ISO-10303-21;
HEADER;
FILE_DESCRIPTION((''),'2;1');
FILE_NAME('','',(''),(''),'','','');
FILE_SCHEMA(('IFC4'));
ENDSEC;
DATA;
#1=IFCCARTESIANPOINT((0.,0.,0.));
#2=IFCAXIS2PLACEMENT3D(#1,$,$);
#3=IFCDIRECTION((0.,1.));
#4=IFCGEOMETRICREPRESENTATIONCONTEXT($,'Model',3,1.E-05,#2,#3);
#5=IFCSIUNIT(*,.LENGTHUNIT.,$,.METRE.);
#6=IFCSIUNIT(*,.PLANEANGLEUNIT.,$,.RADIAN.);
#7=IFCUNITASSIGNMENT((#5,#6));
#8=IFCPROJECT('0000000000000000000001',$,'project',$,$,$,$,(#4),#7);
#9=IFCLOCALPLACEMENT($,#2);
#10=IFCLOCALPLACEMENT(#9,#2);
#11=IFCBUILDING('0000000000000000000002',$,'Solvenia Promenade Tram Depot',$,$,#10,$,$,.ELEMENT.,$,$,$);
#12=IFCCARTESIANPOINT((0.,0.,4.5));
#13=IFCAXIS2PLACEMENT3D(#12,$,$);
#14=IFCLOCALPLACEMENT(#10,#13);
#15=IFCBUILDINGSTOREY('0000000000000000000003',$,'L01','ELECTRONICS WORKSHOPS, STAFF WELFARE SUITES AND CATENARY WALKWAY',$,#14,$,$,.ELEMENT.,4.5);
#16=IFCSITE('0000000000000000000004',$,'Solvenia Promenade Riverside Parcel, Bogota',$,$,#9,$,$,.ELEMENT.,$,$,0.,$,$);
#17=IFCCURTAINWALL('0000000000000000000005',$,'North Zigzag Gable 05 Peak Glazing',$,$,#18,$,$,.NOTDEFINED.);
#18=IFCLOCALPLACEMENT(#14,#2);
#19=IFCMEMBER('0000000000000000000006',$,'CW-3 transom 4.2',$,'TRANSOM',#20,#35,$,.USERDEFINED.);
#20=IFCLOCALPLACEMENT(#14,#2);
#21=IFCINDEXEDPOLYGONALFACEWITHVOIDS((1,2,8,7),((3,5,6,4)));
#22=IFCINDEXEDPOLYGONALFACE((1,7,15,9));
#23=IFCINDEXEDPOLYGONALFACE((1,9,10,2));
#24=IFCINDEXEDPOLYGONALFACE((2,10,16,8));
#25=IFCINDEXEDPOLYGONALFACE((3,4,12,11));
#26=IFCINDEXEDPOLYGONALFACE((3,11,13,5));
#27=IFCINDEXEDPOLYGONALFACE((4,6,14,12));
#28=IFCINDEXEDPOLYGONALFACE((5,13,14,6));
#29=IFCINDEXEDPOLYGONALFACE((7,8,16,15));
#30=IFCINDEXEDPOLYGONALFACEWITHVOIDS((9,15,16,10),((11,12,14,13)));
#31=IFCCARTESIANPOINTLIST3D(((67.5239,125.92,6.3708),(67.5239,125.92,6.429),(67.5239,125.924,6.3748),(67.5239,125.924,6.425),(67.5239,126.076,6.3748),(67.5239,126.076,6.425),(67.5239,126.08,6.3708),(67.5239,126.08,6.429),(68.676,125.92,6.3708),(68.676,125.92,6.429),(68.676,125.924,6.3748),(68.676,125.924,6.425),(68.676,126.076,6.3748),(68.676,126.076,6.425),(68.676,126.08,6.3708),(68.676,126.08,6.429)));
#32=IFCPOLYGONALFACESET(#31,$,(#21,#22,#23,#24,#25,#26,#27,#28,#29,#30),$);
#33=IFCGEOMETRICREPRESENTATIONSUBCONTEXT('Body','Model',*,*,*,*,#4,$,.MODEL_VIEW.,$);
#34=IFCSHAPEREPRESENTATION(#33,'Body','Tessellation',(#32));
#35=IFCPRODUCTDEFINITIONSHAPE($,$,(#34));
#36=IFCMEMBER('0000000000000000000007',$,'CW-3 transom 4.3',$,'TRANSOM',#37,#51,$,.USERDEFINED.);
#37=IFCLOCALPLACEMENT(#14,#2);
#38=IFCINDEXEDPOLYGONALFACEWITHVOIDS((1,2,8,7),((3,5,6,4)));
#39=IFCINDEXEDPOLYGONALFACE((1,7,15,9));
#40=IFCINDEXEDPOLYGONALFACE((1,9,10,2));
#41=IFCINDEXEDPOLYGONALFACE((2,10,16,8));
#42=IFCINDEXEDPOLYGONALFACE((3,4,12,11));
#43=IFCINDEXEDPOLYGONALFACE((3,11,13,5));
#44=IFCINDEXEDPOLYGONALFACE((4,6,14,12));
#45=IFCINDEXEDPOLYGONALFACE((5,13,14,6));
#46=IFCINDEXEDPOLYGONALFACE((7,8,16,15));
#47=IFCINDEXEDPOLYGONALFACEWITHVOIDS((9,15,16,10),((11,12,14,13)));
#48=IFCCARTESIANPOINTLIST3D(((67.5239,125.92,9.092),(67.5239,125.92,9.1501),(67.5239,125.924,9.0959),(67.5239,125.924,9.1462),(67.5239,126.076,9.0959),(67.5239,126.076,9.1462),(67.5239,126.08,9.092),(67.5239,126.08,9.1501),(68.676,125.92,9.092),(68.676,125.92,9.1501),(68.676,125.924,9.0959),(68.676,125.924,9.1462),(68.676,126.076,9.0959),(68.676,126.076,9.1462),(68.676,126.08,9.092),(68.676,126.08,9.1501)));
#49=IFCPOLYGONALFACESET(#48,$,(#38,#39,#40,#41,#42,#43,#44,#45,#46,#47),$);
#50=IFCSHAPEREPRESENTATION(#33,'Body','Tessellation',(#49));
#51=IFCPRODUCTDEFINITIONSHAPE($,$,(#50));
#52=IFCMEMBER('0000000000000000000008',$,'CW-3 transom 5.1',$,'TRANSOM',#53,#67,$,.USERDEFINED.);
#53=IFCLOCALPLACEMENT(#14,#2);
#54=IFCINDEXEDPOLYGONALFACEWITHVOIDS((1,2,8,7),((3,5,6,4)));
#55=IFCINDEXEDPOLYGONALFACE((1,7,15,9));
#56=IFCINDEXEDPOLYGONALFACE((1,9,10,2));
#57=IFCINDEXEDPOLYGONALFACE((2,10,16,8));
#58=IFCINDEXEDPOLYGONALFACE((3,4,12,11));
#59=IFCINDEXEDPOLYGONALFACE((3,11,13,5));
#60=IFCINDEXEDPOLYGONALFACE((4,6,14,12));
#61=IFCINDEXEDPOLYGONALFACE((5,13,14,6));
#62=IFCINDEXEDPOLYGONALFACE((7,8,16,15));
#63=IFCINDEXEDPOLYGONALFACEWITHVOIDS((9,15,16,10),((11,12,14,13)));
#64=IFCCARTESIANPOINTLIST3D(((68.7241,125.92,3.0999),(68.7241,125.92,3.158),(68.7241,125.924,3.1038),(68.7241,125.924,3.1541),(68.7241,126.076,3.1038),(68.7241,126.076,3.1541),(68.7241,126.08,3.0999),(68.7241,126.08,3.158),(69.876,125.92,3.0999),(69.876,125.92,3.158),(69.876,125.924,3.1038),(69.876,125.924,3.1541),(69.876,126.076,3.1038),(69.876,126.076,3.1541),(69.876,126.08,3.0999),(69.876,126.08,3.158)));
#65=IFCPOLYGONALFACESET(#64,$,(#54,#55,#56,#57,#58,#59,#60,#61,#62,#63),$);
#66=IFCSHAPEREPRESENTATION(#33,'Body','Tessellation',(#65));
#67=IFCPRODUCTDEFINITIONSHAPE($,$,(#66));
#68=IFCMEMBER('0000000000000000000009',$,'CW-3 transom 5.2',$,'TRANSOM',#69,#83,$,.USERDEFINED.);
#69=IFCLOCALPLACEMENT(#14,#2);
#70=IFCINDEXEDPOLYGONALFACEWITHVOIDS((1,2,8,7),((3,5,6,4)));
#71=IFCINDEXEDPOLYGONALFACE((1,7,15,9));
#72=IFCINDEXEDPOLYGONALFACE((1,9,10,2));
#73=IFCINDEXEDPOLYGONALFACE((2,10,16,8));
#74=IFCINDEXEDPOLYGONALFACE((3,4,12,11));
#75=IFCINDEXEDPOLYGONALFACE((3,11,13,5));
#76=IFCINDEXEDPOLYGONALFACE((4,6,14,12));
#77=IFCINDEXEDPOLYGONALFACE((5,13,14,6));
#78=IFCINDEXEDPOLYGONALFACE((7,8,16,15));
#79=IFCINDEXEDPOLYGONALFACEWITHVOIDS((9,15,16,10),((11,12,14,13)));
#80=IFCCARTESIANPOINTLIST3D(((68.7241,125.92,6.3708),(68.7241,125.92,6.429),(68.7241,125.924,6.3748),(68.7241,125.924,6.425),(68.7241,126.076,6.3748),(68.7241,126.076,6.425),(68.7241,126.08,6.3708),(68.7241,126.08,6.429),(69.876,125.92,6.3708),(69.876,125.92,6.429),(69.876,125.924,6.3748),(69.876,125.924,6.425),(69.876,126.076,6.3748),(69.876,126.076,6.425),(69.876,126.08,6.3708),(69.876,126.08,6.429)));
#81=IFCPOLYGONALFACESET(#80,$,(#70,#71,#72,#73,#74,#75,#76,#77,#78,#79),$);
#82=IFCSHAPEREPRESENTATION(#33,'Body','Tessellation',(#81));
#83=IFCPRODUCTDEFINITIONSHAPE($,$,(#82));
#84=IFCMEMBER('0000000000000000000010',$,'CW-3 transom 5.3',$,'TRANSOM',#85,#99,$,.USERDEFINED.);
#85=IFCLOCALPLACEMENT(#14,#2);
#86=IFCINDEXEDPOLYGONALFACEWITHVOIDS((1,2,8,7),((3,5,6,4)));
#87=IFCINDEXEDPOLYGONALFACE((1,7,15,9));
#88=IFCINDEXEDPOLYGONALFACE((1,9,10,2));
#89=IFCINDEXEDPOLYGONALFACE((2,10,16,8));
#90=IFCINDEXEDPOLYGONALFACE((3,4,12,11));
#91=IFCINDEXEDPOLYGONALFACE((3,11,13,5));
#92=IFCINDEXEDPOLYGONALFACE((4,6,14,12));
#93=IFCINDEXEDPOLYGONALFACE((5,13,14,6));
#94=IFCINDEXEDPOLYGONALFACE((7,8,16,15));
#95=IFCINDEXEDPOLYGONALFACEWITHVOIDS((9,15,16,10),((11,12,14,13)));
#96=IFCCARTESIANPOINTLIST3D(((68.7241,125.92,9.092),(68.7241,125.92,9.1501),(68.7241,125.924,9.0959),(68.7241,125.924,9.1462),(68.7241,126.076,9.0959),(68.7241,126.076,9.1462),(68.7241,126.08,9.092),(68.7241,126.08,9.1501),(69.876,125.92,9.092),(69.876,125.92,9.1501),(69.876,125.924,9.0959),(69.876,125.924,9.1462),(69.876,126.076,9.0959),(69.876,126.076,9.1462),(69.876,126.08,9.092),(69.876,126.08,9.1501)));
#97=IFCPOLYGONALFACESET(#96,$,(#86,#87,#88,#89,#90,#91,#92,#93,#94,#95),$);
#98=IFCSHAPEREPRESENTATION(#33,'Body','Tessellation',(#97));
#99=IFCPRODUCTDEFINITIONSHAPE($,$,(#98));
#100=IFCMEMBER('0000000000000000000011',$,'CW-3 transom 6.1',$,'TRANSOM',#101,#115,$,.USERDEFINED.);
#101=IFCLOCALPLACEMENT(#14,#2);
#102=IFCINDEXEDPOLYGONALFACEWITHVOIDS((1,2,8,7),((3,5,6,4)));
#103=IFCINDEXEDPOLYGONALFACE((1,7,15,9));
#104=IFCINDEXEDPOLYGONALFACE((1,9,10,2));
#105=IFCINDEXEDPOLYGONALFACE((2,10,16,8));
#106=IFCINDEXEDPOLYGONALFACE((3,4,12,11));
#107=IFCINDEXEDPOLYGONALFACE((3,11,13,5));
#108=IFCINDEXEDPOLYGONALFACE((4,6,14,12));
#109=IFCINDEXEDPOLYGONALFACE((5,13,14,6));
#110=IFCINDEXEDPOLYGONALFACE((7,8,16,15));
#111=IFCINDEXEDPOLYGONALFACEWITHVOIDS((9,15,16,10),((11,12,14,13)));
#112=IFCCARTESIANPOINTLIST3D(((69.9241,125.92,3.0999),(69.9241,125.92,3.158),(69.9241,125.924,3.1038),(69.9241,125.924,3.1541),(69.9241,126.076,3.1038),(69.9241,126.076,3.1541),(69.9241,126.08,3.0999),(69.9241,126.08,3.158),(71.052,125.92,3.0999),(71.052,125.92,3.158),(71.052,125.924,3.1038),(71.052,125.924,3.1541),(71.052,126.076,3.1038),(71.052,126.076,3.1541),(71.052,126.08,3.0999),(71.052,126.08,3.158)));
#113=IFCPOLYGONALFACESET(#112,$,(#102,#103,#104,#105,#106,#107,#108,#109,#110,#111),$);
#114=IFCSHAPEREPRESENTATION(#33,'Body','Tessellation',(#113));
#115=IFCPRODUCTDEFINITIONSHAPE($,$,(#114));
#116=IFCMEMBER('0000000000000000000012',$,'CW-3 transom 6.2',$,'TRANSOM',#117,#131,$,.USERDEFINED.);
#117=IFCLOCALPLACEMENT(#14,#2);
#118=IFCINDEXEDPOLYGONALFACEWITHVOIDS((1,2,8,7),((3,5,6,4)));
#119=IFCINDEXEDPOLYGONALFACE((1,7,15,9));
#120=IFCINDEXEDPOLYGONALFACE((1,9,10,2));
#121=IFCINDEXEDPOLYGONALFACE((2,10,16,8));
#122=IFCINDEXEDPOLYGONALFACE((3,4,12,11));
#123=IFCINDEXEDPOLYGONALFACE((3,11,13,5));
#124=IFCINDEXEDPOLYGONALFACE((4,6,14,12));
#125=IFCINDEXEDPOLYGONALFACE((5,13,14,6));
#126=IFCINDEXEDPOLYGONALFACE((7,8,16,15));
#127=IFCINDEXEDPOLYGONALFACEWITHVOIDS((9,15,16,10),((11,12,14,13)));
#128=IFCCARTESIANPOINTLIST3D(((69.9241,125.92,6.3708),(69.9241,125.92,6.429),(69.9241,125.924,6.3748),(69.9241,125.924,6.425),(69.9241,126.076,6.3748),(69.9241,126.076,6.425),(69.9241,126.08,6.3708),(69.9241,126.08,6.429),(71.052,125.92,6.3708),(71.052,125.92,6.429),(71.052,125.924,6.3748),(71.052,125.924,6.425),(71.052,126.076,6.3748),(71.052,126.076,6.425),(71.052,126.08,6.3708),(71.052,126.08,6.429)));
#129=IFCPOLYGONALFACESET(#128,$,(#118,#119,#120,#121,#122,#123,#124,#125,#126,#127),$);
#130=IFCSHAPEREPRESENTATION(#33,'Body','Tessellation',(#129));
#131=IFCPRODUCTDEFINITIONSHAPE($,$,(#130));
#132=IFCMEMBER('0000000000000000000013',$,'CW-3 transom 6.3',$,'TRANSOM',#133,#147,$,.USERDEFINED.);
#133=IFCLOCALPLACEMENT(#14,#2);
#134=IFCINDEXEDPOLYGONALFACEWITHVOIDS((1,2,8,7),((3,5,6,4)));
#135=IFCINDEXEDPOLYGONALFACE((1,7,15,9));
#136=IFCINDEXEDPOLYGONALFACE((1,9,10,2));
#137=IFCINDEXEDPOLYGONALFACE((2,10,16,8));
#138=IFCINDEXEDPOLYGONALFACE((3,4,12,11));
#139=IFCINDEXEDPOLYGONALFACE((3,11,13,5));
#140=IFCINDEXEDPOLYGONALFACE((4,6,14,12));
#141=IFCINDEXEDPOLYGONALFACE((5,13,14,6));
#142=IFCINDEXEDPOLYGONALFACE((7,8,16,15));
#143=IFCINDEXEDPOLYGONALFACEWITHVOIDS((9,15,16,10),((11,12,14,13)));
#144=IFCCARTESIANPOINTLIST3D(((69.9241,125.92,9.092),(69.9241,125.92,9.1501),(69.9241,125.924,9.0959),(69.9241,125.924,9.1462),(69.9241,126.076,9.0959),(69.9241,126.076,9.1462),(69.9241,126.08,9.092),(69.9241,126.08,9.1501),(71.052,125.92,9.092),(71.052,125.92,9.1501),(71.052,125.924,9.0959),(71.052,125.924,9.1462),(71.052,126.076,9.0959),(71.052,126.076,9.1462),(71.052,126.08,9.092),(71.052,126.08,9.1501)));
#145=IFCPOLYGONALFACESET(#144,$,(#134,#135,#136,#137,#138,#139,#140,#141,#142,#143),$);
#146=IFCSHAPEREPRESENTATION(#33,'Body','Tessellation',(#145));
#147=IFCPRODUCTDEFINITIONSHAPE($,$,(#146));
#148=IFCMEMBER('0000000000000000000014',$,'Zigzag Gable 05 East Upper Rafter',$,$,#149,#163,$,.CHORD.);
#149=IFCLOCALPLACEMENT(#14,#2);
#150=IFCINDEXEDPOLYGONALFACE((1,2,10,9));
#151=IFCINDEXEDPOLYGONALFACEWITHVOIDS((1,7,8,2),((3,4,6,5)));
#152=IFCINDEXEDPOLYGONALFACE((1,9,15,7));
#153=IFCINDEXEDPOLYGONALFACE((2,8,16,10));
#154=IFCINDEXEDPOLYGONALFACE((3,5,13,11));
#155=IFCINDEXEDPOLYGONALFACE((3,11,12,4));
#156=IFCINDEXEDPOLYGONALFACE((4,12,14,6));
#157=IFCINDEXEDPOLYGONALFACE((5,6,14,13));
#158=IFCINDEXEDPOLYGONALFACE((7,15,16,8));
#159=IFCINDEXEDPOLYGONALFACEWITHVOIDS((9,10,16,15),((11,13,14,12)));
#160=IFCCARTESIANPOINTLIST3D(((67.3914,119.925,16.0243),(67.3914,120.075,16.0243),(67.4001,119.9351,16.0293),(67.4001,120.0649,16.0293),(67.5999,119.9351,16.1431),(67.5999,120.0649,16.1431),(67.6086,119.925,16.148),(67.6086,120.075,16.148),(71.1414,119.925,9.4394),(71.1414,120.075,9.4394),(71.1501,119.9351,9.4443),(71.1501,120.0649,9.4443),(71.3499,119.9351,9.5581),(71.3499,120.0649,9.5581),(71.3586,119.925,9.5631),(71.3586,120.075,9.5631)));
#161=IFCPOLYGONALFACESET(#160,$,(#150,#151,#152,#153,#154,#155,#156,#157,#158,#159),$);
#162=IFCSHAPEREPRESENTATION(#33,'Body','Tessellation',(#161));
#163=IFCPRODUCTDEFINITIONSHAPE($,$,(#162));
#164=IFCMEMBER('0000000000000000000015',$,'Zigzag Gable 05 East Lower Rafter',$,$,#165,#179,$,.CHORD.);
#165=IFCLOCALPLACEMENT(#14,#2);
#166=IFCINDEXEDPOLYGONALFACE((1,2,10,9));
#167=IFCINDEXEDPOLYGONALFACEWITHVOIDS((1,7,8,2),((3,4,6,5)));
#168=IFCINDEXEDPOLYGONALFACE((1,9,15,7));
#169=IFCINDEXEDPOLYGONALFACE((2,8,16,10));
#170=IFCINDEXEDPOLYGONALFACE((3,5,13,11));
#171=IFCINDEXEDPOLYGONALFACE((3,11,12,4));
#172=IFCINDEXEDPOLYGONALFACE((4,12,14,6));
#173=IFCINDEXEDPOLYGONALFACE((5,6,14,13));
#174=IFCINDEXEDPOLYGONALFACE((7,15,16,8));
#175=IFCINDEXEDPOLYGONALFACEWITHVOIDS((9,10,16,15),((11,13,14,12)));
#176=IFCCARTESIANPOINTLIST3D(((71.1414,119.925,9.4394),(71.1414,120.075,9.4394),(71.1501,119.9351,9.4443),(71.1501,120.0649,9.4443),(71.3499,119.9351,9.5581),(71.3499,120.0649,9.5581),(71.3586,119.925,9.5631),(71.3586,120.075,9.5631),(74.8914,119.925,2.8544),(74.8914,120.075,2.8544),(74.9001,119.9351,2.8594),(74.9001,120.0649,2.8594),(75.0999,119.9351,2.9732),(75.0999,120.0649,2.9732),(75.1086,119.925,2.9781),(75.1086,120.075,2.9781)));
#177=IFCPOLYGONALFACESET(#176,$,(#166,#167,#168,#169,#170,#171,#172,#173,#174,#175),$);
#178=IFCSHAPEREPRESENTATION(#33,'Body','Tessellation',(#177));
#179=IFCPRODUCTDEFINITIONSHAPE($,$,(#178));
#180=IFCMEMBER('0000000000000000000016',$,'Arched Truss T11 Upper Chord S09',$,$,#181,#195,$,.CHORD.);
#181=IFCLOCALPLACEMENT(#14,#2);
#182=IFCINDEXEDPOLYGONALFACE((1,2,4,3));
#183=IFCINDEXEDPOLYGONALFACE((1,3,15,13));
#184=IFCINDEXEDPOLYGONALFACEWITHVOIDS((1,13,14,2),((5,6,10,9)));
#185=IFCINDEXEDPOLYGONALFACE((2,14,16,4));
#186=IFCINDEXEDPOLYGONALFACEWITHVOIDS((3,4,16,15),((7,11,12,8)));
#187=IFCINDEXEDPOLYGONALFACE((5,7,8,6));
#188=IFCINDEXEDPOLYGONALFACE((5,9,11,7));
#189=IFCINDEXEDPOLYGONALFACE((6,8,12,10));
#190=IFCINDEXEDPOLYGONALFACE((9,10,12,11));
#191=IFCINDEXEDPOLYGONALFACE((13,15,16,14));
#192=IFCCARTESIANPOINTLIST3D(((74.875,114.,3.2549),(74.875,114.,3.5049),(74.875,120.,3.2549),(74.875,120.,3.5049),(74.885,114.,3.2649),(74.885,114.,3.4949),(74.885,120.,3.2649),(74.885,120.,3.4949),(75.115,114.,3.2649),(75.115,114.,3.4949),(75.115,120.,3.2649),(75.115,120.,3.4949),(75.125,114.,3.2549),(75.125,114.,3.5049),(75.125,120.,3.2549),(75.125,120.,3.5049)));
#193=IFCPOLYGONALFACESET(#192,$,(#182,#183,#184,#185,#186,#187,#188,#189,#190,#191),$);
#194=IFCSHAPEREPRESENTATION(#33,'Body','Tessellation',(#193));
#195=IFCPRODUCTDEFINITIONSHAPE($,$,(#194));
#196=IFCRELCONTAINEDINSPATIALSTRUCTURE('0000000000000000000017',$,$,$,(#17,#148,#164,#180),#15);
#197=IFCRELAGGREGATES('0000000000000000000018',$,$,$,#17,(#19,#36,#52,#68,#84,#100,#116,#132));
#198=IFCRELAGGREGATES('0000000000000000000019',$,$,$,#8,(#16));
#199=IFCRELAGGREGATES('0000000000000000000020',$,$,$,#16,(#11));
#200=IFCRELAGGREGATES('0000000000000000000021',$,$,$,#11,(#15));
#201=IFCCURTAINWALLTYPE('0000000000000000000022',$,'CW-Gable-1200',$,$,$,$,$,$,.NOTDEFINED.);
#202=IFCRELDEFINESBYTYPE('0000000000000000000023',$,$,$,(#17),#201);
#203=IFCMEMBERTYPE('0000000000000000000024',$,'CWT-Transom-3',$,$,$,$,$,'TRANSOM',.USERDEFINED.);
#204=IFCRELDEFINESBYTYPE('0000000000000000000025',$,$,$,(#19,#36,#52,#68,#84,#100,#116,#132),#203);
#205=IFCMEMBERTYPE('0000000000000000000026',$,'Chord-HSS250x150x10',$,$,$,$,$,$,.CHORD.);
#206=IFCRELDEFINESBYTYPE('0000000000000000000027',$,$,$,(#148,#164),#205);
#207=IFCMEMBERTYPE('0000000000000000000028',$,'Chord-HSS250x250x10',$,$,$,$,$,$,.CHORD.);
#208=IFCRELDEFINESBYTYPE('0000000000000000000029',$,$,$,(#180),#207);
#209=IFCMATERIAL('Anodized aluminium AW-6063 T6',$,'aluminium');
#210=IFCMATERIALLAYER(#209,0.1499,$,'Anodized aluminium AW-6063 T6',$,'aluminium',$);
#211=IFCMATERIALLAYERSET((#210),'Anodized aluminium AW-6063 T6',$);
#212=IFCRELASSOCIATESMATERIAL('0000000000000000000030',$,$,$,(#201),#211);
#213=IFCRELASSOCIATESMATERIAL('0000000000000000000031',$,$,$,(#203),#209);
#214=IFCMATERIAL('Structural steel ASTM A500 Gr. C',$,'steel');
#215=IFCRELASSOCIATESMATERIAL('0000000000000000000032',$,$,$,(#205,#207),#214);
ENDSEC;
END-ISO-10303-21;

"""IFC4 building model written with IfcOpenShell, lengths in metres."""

from ifc_helpers import new_model, si_unit, direction, frame, origin, origin_2d, place, context, subcontext, project, spatial, hollow_rectangle, extrude, material, layer, layer_set, material_profile, profile_set, type_object, element, aggregate, save


model = new_model("IFC4")

# Units and contexts
model_context = context("Model", 3, precision=1e-05, world=origin(), true_north=direction((0.0, 1.0)))
body_context = subcontext(model_context, "Body", "Model", "MODEL_VIEW")
ifc_project = project(units=[si_unit("LENGTHUNIT", "METRE"), si_unit("PLANEANGLEUNIT", "RADIAN")], contexts=[model_context])

# Site, building, storey
site_placement = place(None, origin())
site = spatial("IfcSite", under=ifc_project, at=site_placement, Name="Solvenia Promenade Riverside Parcel, Bogota", CompositionType="ELEMENT", RefElevation=0.0)
building_placement = place(site_placement, origin())
building = spatial("IfcBuilding", under=site, at=building_placement, Name="Solvenia Promenade Tram Depot", CompositionType="ELEMENT")
storey_placement = place(building_placement, frame((0.0, 0.0, 4.5)))
storey = spatial("IfcBuildingStorey", under=building, at=storey_placement, Name="L01", Description="ELECTRONICS WORKSHOPS, STAFF WELFARE SUITES AND CATENARY WALKWAY", CompositionType="ELEMENT", Elevation=4.5)

# Curtain wall, members
ifc_material_1 = material(Name="Anodized aluminium AW-6063 T6", Category="aluminium")
ifc_layer_1 = layer(ifc_material_1, 0.1499, Name="Anodized aluminium AW-6063 T6", Category="aluminium")
ifc_layer_set_1 = layer_set([ifc_layer_1], Name="Anodized aluminium AW-6063 T6")
curtain_wall_type = type_object("IfcCurtainWallType", Name="CW-Gable-1200", PredefinedType="NOTDEFINED", material=ifc_layer_set_1)
curtain_wall_placement = place(storey_placement, origin())
curtain_wall = element("IfcCurtainWall", 1, at=curtain_wall_placement, inside=storey, type_object=curtain_wall_type, Name="North Zigzag Gable 05 Peak Glazing", PredefinedType="NOTDEFINED")
ifc_material_profile_1 = material_profile(ifc_material_1, hollow_rectangle(XDim=0.1599, YDim=0.0581, WallThickness=0.0039, at=origin_2d()), Name="ALU-T3", Category="aluminium")
ifc_profile_set_1 = profile_set([ifc_material_profile_1], Name="Anodized aluminium AW-6063 T6")
member_type_1 = type_object("IfcMemberType", Name="CWT-Transom-3", ElementType="TRANSOM", PredefinedType="USERDEFINED", material=ifc_profile_set_1)
member_1_placement = place(storey_placement, frame((67.5239, 126.0, 6.3999), z_axis=(1.0, 0.0, 0.0), x_axis=(0.0, 1.0, 0.0)))
member_1 = element("IfcMember", 2, at=member_1_placement, type_object=member_type_1, Name="CW-3 transom 4.2", ObjectType="TRANSOM", PredefinedType="USERDEFINED", context=body_context, shape_type="SweptSolid", body=[
    extrude(hollow_rectangle(XDim=0.1599, YDim=0.0581, WallThickness=0.0039, at=origin_2d()), origin(), (0.0, 0.0, 1.0), 1.1521),
])
member_2_placement = place(storey_placement, frame((67.5239, 126.0, 9.1211), z_axis=(1.0, 0.0, 0.0), x_axis=(0.0, 1.0, 0.0)))
member_2 = element("IfcMember", 3, at=member_2_placement, type_object=member_type_1, Name="CW-3 transom 4.3", ObjectType="TRANSOM", PredefinedType="USERDEFINED", context=body_context, shape_type="SweptSolid", body=[
    extrude(hollow_rectangle(XDim=0.1599, YDim=0.0581, WallThickness=0.0039, at=origin_2d()), origin(), (0.0, 0.0, 1.0), 1.1521),
])
member_3_placement = place(storey_placement, frame((68.7241, 126.0, 3.1289), z_axis=(1.0, 0.0, 0.0), x_axis=(0.0, 1.0, 0.0)))
member_3 = element("IfcMember", 4, at=member_3_placement, type_object=member_type_1, Name="CW-3 transom 5.1", ObjectType="TRANSOM", PredefinedType="USERDEFINED", context=body_context, shape_type="SweptSolid", body=[
    extrude(hollow_rectangle(XDim=0.1599, YDim=0.0581, WallThickness=0.0039, at=origin_2d()), origin(), (0.0, 0.0, 1.0), 1.1519),
])
member_4_placement = place(storey_placement, frame((68.7241, 126.0, 6.3999), z_axis=(1.0, 0.0, 0.0), x_axis=(0.0, 1.0, 0.0)))
member_4 = element("IfcMember", 5, at=member_4_placement, type_object=member_type_1, Name="CW-3 transom 5.2", ObjectType="TRANSOM", PredefinedType="USERDEFINED", context=body_context, shape_type="SweptSolid", body=[
    extrude(hollow_rectangle(XDim=0.1599, YDim=0.0581, WallThickness=0.0039, at=origin_2d()), origin(), (0.0, 0.0, 1.0), 1.1519),
])
member_5_placement = place(storey_placement, frame((68.7241, 126.0, 9.1211), z_axis=(1.0, 0.0, 0.0), x_axis=(0.0, 1.0, 0.0)))
member_5 = element("IfcMember", 6, at=member_5_placement, type_object=member_type_1, Name="CW-3 transom 5.3", ObjectType="TRANSOM", PredefinedType="USERDEFINED", context=body_context, shape_type="SweptSolid", body=[
    extrude(hollow_rectangle(XDim=0.1599, YDim=0.0581, WallThickness=0.0039, at=origin_2d()), origin(), (0.0, 0.0, 1.0), 1.1519),
])
member_6_placement = place(storey_placement, frame((69.9241, 126.0, 3.1289), z_axis=(1.0, 0.0, 0.0), x_axis=(0.0, 1.0, 0.0)))
member_6 = element("IfcMember", 7, at=member_6_placement, type_object=member_type_1, Name="CW-3 transom 6.1", ObjectType="TRANSOM", PredefinedType="USERDEFINED", context=body_context, shape_type="SweptSolid", body=[
    extrude(hollow_rectangle(XDim=0.1599, YDim=0.0581, WallThickness=0.0039, at=origin_2d()), origin(), (0.0, 0.0, 1.0), 1.1279),
])
member_7_placement = place(storey_placement, frame((69.9241, 126.0, 6.3999), z_axis=(1.0, 0.0, 0.0), x_axis=(0.0, 1.0, 0.0)))
member_7 = element("IfcMember", 8, at=member_7_placement, type_object=member_type_1, Name="CW-3 transom 6.2", ObjectType="TRANSOM", PredefinedType="USERDEFINED", context=body_context, shape_type="SweptSolid", body=[
    extrude(hollow_rectangle(XDim=0.1599, YDim=0.0581, WallThickness=0.0039, at=origin_2d()), origin(), (0.0, 0.0, 1.0), 1.1279),
])
member_8_placement = place(storey_placement, frame((69.9241, 126.0, 9.1211), z_axis=(1.0, 0.0, 0.0), x_axis=(0.0, 1.0, 0.0)))
member_8 = element("IfcMember", 9, at=member_8_placement, type_object=member_type_1, Name="CW-3 transom 6.3", ObjectType="TRANSOM", PredefinedType="USERDEFINED", context=body_context, shape_type="SweptSolid", body=[
    extrude(hollow_rectangle(XDim=0.1599, YDim=0.0581, WallThickness=0.0039, at=origin_2d()), origin(), (0.0, 0.0, 1.0), 1.1279),
])

# Members
ifc_material_2 = material(Name="Structural steel ASTM A500 Gr. C", Category="steel")
ifc_material_profile_2 = material_profile(ifc_material_2, hollow_rectangle(XDim=0.1499, YDim=0.25, WallThickness=0.01, at=origin_2d()), Name="HSS250x150x10", Category="steel")
ifc_profile_set_2 = profile_set([ifc_material_profile_2], Name="Structural steel ASTM A500 Gr. C")
member_type_2 = type_object("IfcMemberType", Name="Chord-HSS250x150x10", PredefinedType="CHORD", material=ifc_profile_set_2)
for number, where, z_axis, x_axis, name in (
    (10, (67.5, 120.0, 16.0862), (0.494862, 0.0, -0.868972), (0.0, 1.0, 0.0), "Zigzag Gable 05 East Upper Rafter"),
    (11, (71.25, 120.0, 9.5012), (0.494862, 0.0, -0.868972), (0.0, 1.0, 0.0), "Zigzag Gable 05 East Lower Rafter"),
):
    element("IfcMember", number, at=place(storey_placement, frame(where, z_axis=z_axis, x_axis=x_axis)), inside=storey, type_object=member_type_2, Name=name, PredefinedType="CHORD", context=body_context, shape_type="SweptSolid", body=[
        extrude(hollow_rectangle(XDim=0.1499, YDim=0.25, WallThickness=0.01, at=origin_2d()), origin(), (0.0, 0.0, 1.0), 7.5779),
    ])
ifc_material_profile_3 = material_profile(ifc_material_2, hollow_rectangle(XDim=0.25, YDim=0.25, WallThickness=0.01, at=origin_2d()), Name="HSS250x250x10", Category="steel")
ifc_profile_set_3 = profile_set([ifc_material_profile_3], Name="Structural steel ASTM A500 Gr. C")
member_type_3 = type_object("IfcMemberType", Name="Chord-HSS250x250x10", PredefinedType="CHORD", material=ifc_profile_set_3)
member_9_placement = place(storey_placement, frame((75.0, 114.0, 3.3799), z_axis=(0.0, 1.0, 0.0), x_axis=(-1.0, 0.0, 0.0)))
element("IfcMember", 12, at=member_9_placement, inside=storey, type_object=member_type_3, Name="Arched Truss T11 Upper Chord S09", PredefinedType="CHORD", context=body_context, shape_type="SweptSolid", body=[
    extrude(hollow_rectangle(XDim=0.25, YDim=0.25, WallThickness=0.01, at=origin_2d()), origin(), (0.0, 0.0, 1.0), 6.0),
])

aggregate(curtain_wall, [member_1, member_2, member_3, member_4, member_5, member_6, member_7, member_8])

save(model, "model.ifc")
